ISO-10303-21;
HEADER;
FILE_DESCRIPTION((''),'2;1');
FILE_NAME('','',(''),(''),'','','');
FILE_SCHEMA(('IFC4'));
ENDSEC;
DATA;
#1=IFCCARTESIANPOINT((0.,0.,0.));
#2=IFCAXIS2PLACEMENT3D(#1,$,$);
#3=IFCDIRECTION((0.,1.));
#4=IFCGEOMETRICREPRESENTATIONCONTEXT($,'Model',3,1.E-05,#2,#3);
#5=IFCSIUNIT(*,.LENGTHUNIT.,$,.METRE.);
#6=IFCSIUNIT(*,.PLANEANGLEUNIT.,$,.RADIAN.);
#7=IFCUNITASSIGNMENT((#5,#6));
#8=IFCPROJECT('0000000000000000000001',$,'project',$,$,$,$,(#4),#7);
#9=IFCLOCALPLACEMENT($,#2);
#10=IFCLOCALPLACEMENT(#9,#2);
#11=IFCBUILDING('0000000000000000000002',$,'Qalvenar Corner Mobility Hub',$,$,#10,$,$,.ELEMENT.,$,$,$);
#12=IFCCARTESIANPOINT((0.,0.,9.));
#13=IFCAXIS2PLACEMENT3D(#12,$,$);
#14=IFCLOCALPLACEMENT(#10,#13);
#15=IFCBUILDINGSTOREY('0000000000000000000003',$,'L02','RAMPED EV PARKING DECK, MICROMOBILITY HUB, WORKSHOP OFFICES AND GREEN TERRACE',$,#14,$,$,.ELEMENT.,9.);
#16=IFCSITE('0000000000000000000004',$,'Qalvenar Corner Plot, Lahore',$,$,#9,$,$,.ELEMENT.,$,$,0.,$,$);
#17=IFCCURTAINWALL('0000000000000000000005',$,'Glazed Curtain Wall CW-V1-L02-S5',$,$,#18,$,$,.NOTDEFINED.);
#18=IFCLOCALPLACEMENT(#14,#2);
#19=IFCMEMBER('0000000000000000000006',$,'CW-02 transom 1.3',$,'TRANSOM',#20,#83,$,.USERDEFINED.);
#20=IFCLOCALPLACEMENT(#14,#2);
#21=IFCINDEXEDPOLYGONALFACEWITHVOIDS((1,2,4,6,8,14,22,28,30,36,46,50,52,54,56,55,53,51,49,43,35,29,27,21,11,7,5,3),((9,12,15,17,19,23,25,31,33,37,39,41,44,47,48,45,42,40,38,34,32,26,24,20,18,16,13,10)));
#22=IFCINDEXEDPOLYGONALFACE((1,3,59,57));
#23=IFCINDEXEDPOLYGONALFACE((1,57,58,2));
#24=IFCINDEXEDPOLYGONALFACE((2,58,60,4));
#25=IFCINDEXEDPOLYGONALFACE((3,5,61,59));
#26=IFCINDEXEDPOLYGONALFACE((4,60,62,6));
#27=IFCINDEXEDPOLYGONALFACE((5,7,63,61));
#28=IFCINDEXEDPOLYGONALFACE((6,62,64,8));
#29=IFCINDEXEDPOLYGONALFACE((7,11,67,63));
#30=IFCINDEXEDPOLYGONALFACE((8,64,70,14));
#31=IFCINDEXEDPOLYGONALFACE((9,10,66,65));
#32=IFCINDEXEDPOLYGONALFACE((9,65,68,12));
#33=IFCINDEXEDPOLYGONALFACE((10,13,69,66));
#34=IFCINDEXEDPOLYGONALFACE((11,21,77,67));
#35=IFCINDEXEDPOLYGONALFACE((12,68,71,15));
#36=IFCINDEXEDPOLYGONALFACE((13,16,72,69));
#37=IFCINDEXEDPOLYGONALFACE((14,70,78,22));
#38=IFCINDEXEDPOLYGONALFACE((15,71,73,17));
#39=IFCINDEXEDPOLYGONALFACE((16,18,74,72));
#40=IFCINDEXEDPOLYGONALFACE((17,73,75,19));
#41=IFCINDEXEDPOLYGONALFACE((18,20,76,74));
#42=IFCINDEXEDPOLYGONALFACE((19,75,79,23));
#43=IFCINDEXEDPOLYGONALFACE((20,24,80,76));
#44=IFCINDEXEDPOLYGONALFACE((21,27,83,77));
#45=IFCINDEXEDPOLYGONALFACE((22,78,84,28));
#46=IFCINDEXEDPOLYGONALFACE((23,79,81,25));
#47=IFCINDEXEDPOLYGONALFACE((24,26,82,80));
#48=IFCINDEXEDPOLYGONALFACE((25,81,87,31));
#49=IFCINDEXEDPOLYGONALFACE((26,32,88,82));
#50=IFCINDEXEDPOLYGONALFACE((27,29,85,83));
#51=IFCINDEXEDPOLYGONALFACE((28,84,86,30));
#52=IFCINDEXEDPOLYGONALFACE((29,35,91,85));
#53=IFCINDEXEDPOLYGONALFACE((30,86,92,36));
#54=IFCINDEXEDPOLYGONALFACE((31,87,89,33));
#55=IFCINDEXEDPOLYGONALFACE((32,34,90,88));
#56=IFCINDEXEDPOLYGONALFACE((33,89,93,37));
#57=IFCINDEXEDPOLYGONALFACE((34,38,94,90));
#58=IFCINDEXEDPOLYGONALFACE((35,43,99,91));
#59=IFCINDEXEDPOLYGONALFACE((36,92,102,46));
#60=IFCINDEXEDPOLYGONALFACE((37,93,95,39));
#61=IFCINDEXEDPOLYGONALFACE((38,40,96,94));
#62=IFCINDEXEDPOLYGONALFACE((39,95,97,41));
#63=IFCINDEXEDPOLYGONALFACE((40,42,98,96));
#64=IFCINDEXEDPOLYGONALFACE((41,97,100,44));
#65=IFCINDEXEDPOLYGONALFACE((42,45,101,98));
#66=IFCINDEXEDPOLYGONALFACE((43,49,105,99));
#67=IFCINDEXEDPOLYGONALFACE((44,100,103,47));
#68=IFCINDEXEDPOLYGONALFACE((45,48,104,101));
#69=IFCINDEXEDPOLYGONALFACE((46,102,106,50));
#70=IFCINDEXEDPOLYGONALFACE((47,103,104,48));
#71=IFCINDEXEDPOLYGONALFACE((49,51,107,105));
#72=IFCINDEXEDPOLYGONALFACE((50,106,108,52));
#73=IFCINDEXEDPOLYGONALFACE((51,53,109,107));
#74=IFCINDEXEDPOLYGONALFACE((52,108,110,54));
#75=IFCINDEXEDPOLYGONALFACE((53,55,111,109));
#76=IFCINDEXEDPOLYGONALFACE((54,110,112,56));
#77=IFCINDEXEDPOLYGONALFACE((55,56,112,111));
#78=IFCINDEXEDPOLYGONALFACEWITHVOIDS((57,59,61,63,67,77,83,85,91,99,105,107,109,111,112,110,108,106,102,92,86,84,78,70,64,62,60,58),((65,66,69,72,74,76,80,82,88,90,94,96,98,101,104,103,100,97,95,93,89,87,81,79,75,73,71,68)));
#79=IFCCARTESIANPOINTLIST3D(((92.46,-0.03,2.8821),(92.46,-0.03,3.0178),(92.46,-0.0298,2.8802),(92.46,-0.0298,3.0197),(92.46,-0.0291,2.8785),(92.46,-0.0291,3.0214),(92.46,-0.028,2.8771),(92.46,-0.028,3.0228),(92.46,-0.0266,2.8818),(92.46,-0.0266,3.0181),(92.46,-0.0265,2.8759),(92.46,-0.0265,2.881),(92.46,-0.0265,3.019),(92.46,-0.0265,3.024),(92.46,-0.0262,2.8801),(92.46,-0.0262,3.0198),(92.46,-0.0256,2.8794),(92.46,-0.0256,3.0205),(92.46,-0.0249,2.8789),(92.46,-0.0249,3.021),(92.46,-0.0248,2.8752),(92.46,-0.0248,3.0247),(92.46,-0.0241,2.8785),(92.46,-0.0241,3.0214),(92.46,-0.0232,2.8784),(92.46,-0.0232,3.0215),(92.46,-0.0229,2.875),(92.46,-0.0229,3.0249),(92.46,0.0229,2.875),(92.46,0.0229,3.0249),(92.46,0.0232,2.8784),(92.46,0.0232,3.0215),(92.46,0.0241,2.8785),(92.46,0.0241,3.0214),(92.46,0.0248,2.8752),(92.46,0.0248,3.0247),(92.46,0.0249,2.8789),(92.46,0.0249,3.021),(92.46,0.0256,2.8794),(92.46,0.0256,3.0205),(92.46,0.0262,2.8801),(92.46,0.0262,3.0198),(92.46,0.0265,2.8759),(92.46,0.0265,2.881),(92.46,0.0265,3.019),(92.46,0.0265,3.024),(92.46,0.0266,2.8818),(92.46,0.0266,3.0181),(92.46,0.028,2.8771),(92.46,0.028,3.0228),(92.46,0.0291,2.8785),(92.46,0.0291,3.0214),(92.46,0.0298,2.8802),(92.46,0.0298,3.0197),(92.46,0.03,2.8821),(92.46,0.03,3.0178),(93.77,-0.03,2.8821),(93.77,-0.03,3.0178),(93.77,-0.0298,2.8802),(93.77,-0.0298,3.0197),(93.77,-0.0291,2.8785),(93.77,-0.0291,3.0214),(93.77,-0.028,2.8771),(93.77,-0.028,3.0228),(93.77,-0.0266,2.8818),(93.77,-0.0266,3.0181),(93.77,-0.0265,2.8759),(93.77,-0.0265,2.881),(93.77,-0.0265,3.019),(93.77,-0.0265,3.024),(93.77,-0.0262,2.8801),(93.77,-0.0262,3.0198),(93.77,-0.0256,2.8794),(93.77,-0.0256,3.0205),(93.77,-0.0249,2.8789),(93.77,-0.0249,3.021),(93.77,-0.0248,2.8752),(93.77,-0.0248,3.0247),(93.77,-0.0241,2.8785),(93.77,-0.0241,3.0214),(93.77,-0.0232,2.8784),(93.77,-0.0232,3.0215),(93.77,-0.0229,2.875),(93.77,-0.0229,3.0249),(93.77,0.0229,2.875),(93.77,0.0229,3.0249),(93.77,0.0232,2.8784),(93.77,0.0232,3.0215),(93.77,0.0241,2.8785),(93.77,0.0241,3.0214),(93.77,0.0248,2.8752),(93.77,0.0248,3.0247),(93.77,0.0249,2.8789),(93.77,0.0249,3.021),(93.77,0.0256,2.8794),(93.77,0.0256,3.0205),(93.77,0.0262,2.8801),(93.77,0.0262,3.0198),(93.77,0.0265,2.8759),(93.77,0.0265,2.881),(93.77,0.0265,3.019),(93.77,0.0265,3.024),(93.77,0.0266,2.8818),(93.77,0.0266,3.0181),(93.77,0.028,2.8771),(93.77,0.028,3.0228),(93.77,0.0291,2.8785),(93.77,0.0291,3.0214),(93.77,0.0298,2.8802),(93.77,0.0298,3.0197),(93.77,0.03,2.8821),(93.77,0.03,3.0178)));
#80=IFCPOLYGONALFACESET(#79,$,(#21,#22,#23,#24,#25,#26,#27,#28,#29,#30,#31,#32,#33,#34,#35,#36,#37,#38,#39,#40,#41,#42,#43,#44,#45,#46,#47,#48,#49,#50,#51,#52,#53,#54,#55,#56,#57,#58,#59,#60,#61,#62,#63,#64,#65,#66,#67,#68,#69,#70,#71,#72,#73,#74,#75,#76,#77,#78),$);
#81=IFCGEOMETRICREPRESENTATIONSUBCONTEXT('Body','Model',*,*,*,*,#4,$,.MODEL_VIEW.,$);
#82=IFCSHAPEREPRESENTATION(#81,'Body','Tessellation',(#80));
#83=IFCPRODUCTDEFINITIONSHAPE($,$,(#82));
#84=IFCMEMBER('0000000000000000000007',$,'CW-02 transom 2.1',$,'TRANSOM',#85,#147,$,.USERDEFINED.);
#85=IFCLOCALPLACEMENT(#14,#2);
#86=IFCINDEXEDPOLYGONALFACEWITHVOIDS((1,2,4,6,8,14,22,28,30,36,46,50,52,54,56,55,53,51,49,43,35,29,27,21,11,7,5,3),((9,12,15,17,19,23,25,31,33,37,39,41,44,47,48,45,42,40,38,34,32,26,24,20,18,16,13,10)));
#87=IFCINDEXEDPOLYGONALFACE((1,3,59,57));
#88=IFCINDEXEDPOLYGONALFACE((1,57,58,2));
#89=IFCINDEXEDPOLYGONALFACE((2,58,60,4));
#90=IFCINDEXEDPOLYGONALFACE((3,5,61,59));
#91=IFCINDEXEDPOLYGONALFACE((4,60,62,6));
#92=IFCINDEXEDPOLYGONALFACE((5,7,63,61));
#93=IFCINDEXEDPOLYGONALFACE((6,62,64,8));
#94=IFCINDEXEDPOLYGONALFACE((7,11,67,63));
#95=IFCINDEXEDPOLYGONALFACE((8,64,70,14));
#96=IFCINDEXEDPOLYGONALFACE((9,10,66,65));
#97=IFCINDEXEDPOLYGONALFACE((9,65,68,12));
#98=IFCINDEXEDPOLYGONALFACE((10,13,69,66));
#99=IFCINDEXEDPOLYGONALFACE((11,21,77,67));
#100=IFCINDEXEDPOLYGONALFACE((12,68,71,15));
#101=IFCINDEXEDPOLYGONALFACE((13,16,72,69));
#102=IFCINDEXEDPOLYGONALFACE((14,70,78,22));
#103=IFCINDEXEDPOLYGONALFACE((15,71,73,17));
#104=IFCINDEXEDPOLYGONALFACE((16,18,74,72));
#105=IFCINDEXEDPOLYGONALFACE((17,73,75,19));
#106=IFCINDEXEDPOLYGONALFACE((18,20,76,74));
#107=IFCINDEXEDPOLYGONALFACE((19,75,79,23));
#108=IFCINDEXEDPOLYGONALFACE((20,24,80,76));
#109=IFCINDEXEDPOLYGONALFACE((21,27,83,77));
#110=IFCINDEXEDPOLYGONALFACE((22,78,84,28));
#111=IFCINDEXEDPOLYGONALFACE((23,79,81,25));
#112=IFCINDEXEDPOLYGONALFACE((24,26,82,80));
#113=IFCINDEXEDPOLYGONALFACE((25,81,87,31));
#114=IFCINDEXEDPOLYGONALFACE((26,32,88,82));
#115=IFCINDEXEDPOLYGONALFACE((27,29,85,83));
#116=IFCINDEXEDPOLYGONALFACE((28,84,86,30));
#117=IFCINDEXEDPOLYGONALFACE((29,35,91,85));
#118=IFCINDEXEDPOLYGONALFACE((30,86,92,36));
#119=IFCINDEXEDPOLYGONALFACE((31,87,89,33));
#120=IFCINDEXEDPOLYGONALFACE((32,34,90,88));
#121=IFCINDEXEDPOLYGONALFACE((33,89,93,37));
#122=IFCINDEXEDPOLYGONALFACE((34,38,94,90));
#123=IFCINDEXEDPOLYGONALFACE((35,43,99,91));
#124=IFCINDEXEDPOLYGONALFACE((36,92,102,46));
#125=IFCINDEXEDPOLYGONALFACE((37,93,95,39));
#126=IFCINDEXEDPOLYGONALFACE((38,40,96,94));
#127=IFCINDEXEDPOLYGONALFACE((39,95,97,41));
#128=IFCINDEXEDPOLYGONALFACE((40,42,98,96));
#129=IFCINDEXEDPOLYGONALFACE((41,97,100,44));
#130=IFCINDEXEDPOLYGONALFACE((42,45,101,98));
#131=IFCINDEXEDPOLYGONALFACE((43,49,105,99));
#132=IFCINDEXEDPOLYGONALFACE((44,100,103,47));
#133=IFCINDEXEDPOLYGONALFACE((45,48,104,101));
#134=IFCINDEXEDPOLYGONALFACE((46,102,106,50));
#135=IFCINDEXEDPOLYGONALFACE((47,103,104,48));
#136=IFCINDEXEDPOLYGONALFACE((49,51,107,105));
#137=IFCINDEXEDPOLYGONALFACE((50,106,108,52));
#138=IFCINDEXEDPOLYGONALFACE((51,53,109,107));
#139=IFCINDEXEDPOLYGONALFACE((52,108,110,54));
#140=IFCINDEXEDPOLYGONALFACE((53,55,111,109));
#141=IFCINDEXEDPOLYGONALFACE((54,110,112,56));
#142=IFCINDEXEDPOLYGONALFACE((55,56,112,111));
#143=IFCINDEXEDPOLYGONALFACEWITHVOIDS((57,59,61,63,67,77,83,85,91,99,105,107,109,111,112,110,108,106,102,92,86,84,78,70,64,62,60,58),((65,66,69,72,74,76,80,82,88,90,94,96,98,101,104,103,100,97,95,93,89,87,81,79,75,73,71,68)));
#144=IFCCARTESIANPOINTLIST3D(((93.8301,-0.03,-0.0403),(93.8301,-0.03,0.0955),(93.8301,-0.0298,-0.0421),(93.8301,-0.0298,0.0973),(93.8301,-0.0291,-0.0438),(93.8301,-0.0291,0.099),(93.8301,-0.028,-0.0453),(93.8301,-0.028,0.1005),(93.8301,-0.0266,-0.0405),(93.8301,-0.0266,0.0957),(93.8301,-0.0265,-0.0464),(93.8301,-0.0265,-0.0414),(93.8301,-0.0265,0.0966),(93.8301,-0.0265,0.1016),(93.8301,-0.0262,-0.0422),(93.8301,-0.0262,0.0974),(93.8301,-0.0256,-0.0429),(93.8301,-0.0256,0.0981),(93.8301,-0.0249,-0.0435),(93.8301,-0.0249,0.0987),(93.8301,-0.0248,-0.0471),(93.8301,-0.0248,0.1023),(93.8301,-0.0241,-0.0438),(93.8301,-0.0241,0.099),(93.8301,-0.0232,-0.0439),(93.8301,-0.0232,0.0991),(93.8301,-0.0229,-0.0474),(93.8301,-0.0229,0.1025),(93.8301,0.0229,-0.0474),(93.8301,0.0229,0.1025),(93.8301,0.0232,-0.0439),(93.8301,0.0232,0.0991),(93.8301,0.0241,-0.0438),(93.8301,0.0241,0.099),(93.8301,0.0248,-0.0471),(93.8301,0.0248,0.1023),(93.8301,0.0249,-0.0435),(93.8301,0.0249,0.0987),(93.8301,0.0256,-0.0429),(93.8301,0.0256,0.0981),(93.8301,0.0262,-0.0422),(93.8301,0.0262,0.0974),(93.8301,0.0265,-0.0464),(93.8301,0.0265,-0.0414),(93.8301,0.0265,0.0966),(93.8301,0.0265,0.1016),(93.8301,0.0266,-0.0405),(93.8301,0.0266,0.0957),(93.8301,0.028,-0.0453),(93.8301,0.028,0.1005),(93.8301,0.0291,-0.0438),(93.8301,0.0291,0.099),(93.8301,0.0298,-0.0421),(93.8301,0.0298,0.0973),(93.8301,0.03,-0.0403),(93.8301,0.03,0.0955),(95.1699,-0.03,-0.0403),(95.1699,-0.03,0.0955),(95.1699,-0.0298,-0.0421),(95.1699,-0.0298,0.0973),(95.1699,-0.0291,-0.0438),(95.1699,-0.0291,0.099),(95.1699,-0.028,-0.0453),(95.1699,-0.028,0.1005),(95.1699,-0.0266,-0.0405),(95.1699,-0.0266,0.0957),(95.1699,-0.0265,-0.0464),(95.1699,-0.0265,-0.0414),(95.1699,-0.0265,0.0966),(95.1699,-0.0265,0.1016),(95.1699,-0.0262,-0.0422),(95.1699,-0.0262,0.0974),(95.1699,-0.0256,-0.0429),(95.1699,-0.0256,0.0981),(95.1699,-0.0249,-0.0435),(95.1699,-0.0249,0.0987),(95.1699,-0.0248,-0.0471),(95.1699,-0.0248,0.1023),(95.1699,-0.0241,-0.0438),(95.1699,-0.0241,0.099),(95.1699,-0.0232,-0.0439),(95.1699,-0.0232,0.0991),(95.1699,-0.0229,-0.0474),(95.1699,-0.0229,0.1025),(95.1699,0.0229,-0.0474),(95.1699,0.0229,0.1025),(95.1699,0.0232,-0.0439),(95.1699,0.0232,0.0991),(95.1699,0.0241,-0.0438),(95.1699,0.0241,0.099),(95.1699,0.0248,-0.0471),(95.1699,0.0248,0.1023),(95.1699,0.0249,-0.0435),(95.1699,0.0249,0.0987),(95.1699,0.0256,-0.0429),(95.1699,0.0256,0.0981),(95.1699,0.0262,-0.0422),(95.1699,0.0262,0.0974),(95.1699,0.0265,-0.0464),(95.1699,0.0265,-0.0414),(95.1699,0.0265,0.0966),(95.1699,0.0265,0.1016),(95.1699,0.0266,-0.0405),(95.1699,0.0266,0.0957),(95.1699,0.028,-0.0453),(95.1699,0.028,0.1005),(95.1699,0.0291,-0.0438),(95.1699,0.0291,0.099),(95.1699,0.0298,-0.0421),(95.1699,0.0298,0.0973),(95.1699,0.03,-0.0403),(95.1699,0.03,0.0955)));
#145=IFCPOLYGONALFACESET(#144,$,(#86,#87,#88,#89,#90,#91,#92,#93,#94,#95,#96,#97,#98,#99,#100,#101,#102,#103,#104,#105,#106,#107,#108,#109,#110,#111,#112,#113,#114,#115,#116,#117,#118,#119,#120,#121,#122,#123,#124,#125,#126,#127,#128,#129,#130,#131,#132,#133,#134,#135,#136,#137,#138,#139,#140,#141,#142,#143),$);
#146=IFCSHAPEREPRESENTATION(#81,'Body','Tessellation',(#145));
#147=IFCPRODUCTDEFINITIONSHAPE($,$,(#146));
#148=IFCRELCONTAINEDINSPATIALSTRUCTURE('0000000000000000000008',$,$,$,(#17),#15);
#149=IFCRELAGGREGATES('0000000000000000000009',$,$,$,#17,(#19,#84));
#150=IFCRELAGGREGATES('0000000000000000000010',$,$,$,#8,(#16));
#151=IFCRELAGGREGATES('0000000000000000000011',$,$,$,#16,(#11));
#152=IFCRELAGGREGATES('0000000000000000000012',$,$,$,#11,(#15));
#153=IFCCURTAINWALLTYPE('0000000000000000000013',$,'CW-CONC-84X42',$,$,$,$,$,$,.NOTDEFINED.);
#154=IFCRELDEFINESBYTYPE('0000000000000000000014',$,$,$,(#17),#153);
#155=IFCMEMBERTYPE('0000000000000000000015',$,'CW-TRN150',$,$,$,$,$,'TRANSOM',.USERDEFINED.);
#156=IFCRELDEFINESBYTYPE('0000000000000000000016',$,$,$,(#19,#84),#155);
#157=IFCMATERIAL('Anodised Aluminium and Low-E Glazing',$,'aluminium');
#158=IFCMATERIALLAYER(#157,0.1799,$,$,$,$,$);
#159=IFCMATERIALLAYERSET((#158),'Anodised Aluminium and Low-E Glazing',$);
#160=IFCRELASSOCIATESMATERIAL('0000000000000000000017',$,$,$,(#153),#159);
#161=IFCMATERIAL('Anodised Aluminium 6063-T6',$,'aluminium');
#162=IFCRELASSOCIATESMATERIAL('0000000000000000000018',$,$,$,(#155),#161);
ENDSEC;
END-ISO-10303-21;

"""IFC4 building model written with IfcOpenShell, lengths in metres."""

from ifc_helpers import new_model, si_unit, direction, frame, origin, origin_2d, place, context, subcontext, project, spatial, hollow_rectangle, extrude, material, layer, layer_set, material_profile, profile_set, type_object, element, aggregate, save


model = new_model("IFC4")

# Units and contexts
model_context = context("Model", 3, precision=1e-05, world=origin(), true_north=direction((0.0, 1.0)))
body_context = subcontext(model_context, "Body", "Model", "MODEL_VIEW")
ifc_project = project(units=[si_unit("LENGTHUNIT", "METRE"), si_unit("PLANEANGLEUNIT", "RADIAN")], contexts=[model_context])

# Site, building, storey
site_placement = place(None, origin())
site = spatial("IfcSite", under=ifc_project, at=site_placement, Name="Qalvenar Corner Plot, Lahore", CompositionType="ELEMENT", RefElevation=0.0)
building_placement = place(site_placement, origin())
building = spatial("IfcBuilding", under=site, at=building_placement, Name="Qalvenar Corner Mobility Hub", CompositionType="ELEMENT")
storey_placement = place(building_placement, frame((0.0, 0.0, 9.0)))
storey = spatial("IfcBuildingStorey", under=building, at=storey_placement, Name="L02", Description="RAMPED EV PARKING DECK, MICROMOBILITY HUB, WORKSHOP OFFICES AND GREEN TERRACE", CompositionType="ELEMENT", Elevation=9.0)

# Shared definitions
ifc_material_1 = material(Name="Anodised Aluminium and Low-E Glazing", Category="aluminium")
ifc_layer_1 = layer(ifc_material_1, 0.1799)
ifc_layer_set_1 = layer_set([ifc_layer_1], Name="Anodised Aluminium and Low-E Glazing")
curtain_wall_type = type_object("IfcCurtainWallType", Name="CW-CONC-84X42", PredefinedType="NOTDEFINED", material=ifc_layer_set_1)
ifc_material_2 = material(Name="Anodised Aluminium 6063-T6", Category="aluminium")

# Curtain wall, members
curtain_wall_1_placement = place(storey_placement, origin())
curtain_wall_1 = element("IfcCurtainWall", 1, at=curtain_wall_1_placement, inside=storey, type_object=curtain_wall_type, Name="Glazed Curtain Wall CW-V1-L02-S5", PredefinedType="NOTDEFINED")
ifc_material_profile_1 = material_profile(ifc_material_2, hollow_rectangle(XDim=0.0601, YDim=0.1499, WallThickness=0.0034, InnerFilletRadius=0.0034, OuterFilletRadius=0.0071, at=origin_2d()), Name="RHS150x60x3.5")
ifc_profile_set_1 = profile_set([ifc_material_profile_1], Name="Anodised Aluminium 6063-T6")
member_type_1 = type_object("IfcMemberType", Name="CW-TRN150", ElementType="TRANSOM", PredefinedType="USERDEFINED", material=ifc_profile_set_1)
member_1_placement = place(storey_placement, frame((92.46, 0.0, 2.95), z_axis=(1.0, 0.0, 0.0), x_axis=(0.0, 1.0, 0.0)))
member_1 = element("IfcMember", 2, at=member_1_placement, type_object=member_type_1, Name="CW-02 transom 1.3", ObjectType="TRANSOM", PredefinedType="USERDEFINED", context=body_context, shape_type="SweptSolid", body=[
    extrude(hollow_rectangle(XDim=0.0601, YDim=0.1499, WallThickness=0.0034, InnerFilletRadius=0.0034, OuterFilletRadius=0.0071, at=origin_2d()), origin(), (0.0, 0.0, 1.0), 1.3101),
])
member_2_placement = place(storey_placement, frame((93.8301, 0.0, 0.0276), z_axis=(1.0, 0.0, 0.0), x_axis=(0.0, 1.0, 0.0)))
member_2 = element("IfcMember", 3, at=member_2_placement, type_object=member_type_1, Name="CW-02 transom 2.1", ObjectType="TRANSOM", PredefinedType="USERDEFINED", context=body_context, shape_type="SweptSolid", body=[
    extrude(hollow_rectangle(XDim=0.0601, YDim=0.1499, WallThickness=0.0034, InnerFilletRadius=0.0034, OuterFilletRadius=0.0071, at=origin_2d()), origin(), (0.0, 0.0, 1.0), 1.3398),
])

aggregate(curtain_wall_1, [member_1, member_2])

save(model, "model.ifc")
